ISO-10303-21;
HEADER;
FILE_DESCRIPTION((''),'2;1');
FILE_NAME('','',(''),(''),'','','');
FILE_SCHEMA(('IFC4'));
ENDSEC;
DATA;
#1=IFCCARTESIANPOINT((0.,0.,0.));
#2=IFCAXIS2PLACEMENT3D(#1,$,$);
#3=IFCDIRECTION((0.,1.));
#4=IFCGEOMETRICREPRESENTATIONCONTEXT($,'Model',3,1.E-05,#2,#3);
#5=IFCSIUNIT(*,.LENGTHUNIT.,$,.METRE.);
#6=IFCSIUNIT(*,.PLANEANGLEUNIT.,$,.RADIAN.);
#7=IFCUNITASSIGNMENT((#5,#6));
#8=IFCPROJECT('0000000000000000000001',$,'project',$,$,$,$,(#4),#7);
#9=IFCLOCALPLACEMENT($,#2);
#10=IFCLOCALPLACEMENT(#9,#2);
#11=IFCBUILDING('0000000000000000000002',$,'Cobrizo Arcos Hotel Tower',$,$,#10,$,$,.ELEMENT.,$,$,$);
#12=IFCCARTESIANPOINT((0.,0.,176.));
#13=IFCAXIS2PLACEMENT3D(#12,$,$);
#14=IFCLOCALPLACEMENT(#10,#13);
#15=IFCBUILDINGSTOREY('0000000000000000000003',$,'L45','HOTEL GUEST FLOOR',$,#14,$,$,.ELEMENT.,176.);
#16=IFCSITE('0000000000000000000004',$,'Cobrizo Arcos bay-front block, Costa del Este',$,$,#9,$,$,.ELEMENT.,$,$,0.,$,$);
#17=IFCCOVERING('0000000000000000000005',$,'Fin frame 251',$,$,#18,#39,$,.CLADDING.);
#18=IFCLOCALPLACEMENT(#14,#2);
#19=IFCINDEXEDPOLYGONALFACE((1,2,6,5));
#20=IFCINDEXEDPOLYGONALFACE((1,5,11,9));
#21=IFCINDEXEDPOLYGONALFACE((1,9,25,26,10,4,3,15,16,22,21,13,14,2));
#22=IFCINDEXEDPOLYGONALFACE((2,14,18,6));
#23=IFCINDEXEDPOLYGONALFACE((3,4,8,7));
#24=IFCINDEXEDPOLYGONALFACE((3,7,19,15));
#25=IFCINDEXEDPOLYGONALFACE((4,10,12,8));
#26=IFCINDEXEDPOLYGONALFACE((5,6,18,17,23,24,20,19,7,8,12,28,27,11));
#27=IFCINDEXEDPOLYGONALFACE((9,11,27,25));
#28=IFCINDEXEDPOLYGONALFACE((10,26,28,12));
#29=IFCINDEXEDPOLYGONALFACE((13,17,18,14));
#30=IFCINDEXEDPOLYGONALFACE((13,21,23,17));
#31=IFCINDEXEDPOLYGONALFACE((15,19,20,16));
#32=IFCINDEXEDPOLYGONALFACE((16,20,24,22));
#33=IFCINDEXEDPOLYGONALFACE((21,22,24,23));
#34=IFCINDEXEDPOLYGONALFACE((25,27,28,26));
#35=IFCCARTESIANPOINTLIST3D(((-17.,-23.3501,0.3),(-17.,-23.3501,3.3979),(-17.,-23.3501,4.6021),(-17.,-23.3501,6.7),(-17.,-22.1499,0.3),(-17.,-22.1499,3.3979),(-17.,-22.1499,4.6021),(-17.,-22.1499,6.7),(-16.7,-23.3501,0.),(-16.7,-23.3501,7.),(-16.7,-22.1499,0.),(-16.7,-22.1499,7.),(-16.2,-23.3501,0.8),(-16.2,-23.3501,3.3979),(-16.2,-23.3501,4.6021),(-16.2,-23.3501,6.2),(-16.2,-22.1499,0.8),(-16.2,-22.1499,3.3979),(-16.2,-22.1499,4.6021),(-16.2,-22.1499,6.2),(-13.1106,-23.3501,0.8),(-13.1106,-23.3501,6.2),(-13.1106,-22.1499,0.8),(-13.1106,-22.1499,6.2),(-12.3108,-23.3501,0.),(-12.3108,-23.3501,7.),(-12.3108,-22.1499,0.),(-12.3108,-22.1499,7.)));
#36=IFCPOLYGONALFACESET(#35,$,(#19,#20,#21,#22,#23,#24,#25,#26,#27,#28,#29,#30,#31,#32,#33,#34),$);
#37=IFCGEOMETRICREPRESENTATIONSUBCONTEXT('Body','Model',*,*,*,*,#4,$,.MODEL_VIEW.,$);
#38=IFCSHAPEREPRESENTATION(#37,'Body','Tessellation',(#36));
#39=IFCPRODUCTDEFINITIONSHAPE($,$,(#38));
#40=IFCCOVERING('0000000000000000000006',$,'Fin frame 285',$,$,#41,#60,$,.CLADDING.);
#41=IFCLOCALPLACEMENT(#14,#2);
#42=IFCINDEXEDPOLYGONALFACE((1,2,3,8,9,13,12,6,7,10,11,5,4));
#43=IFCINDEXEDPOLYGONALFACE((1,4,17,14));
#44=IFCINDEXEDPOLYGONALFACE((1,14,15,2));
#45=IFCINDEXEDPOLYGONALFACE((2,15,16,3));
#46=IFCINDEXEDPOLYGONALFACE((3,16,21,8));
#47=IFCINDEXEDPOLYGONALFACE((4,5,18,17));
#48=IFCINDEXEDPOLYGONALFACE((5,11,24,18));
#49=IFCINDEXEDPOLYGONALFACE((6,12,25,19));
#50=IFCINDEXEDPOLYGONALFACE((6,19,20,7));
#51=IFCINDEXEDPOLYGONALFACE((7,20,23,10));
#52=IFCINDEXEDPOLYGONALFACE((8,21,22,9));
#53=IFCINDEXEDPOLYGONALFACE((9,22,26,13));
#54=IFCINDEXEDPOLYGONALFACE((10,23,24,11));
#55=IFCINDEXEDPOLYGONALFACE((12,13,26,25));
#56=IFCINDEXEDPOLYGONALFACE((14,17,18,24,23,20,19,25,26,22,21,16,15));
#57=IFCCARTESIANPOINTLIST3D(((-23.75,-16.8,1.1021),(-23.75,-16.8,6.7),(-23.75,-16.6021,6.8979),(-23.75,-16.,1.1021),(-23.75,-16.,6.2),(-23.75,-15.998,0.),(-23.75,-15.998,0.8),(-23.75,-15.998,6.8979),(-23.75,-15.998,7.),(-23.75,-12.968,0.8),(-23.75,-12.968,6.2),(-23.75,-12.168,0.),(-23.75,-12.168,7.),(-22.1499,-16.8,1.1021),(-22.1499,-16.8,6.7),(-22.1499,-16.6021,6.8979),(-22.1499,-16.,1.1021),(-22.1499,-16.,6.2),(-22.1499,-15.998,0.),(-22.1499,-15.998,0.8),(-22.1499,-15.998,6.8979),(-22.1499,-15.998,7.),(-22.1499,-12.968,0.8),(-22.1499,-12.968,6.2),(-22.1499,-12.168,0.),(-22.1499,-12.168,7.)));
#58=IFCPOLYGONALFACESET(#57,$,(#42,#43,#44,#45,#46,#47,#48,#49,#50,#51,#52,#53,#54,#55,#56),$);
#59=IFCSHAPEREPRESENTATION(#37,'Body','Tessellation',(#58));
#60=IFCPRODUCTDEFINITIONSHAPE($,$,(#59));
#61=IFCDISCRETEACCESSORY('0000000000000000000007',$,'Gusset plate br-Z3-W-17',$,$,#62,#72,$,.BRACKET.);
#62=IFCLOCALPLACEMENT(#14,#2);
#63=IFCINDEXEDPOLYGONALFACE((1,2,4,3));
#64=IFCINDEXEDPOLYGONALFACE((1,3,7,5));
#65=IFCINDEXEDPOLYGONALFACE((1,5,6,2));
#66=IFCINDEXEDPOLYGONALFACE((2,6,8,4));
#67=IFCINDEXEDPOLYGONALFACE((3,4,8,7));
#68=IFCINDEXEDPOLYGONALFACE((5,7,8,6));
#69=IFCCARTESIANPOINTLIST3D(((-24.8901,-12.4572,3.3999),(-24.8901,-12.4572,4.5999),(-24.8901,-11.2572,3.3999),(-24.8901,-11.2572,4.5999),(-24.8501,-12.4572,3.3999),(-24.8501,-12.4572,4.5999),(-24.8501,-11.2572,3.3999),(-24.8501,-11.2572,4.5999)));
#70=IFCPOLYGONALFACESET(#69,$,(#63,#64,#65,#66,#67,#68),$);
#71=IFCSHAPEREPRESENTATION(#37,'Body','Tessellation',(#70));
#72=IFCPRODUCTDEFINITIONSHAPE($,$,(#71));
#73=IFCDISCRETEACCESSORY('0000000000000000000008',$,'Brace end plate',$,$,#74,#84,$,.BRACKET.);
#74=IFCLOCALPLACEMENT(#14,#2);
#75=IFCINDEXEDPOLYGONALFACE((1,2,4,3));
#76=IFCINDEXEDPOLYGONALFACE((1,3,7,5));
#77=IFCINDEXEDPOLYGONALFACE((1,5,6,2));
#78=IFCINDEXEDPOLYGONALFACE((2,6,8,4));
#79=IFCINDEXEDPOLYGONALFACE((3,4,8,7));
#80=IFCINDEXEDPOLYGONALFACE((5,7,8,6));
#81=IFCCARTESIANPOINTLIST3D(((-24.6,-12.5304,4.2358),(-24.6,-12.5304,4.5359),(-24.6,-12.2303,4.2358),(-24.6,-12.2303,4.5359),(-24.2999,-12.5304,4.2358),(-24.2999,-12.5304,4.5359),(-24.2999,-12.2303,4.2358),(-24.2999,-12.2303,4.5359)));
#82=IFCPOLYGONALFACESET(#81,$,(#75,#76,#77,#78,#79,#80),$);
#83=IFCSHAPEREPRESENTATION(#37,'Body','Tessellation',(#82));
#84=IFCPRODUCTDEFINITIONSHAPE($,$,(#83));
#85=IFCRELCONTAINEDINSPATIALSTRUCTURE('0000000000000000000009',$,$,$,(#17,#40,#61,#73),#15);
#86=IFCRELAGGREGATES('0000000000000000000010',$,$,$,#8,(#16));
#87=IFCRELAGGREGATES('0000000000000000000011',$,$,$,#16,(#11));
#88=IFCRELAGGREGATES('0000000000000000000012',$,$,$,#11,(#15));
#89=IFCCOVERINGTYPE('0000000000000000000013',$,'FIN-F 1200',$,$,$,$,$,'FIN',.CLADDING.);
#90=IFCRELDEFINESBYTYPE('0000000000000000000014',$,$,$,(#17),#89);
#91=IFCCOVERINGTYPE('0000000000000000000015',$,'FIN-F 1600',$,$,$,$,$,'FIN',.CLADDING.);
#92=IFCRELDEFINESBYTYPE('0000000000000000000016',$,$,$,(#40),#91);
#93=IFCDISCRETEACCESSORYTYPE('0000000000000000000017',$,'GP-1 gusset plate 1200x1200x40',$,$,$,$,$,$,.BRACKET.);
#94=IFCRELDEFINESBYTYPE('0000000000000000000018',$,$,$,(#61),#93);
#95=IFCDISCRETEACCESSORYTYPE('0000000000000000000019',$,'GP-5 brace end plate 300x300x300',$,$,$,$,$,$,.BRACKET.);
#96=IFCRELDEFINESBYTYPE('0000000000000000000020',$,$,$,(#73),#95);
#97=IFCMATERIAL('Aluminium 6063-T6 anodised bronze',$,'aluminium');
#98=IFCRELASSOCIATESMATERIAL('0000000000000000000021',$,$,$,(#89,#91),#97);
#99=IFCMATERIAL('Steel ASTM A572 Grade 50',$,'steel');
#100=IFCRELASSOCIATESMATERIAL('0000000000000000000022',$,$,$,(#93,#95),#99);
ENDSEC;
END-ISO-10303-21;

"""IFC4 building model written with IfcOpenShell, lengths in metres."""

from ifc_helpers import new_model, si_unit, direction, frame, origin, origin_2d, place, context, subcontext, project, spatial, polyline, rectangle, outline, extrude, material, type_object, element, save


model = new_model("IFC4")

# Units and contexts
model_context = context("Model", 3, precision=1e-05, world=origin(), true_north=direction((0.0, 1.0)))
body_context = subcontext(model_context, "Body", "Model", "MODEL_VIEW")
ifc_project = project(units=[si_unit("LENGTHUNIT", "METRE"), si_unit("PLANEANGLEUNIT", "RADIAN")], contexts=[model_context])

# Site, building, storey
site_placement = place(None, origin())
site = spatial("IfcSite", under=ifc_project, at=site_placement, Name="Cobrizo Arcos bay-front block, Costa del Este", CompositionType="ELEMENT", RefElevation=0.0)
building_placement = place(site_placement, origin())
building = spatial("IfcBuilding", under=site, at=building_placement, Name="Cobrizo Arcos Hotel Tower", CompositionType="ELEMENT")
storey_placement = place(building_placement, frame((0.0, 0.0, 176.0)))
storey = spatial("IfcBuildingStorey", under=building, at=storey_placement, Name="L45", Description="HOTEL GUEST FLOOR", CompositionType="ELEMENT", Elevation=176.0)

# Shared definitions
ifc_material_1 = material(Name="Steel ASTM A572 Grade 50", Category="steel")

# Shared definitions
ifc_material_2 = material(Name="Aluminium 6063-T6 anodised bronze", Category="aluminium")

# Coverings
covering_type_1 = type_object("IfcCoveringType", Name="FIN-F 1200", ElementType="FIN", PredefinedType="CLADDING", material=ifc_material_2)
covering_1_placement = place(storey_placement, frame((-17.0, -22.1499, 0.0), z_axis=(0.0, -1.0, 0.0), x_axis=(1.0, 0.0, 0.0)))
element("IfcCovering", 1, at=covering_1_placement, inside=storey, type_object=covering_type_1, Name="Fin frame 251", PredefinedType="CLADDING", context=body_context, shape_type="SweptSolid", body=[
    extrude(outline(polyline([(0.0, 6.7), (0.0, 4.6021), (0.8, 4.6021), (0.8, 6.2), (3.8894, 6.2), (3.8894, 0.8), (0.8, 0.8), (0.8, 3.3979), (0.0, 3.3979), (0.0, 0.3), (0.3, 0.0), (4.6892, 0.0), (4.6892, 7.0), (0.3, 7.0), (0.0, 6.7)])), origin(), (0.0, 0.0, 1.0), 1.2002),
])
covering_type_2 = type_object("IfcCoveringType", Name="FIN-F 1600", ElementType="FIN", PredefinedType="CLADDING", material=ifc_material_2)
covering_2_placement = place(storey_placement, frame((-22.1499, -12.168, 0.0), z_axis=(-1.0, 0.0, 0.0), x_axis=(0.0, -1.0, 0.0)))
element("IfcCovering", 2, at=covering_2_placement, inside=storey, type_object=covering_type_2, Name="Fin frame 285", PredefinedType="CLADDING", context=body_context, shape_type="SweptSolid", body=[
    extrude(outline(polyline([(0.0, 0.0), (3.8301, 0.0), (3.8301, 0.8), (0.8, 0.8), (0.8, 6.2), (3.832, 6.2), (3.832, 1.1021), (4.6321, 1.1021), (4.6321, 6.7), (4.4341, 6.8979), (3.8301, 6.8979), (3.8301, 7.0), (0.0, 7.0), (0.0, 0.0)])), origin(), (0.0, 0.0, 1.0), 1.6001),
])

# Discrete accessories
discrete_accessory_type_1 = type_object("IfcDiscreteAccessoryType", Name="GP-1 gusset plate 1200x1200x40", PredefinedType="BRACKET", material=ifc_material_1)
discrete_accessory_1_placement = place(storey_placement, frame((-24.8701, -11.8572, 3.3999), z_axis=(0.0, 0.0, 1.0), x_axis=(1.0, 0.0, 0.0)))
element("IfcDiscreteAccessory", 3, at=discrete_accessory_1_placement, inside=storey, type_object=discrete_accessory_type_1, Name="Gusset plate br-Z3-W-17", PredefinedType="BRACKET", context=body_context, shape_type="SweptSolid", body=[
    extrude(rectangle(XDim=0.04, YDim=1.2, at=origin_2d()), origin(), (0.0, 0.0, 1.0), 1.2),
])
discrete_accessory_type_2 = type_object("IfcDiscreteAccessoryType", Name="GP-5 brace end plate 300x300x300", PredefinedType="BRACKET", material=ifc_material_1)
discrete_accessory_2_placement = place(storey_placement, frame((-24.45, -12.3804, 4.2358), z_axis=(0.0, 0.0, 1.0), x_axis=(1.0, 0.0, 0.0)))
element("IfcDiscreteAccessory", 4, at=discrete_accessory_2_placement, inside=storey, type_object=discrete_accessory_type_2, Name="Brace end plate", PredefinedType="BRACKET", context=body_context, shape_type="SweptSolid", body=[
    extrude(rectangle(XDim=0.3, YDim=0.3, at=origin_2d()), origin(), (0.0, 0.0, 1.0), 0.3),
])

save(model, "model.ifc")
